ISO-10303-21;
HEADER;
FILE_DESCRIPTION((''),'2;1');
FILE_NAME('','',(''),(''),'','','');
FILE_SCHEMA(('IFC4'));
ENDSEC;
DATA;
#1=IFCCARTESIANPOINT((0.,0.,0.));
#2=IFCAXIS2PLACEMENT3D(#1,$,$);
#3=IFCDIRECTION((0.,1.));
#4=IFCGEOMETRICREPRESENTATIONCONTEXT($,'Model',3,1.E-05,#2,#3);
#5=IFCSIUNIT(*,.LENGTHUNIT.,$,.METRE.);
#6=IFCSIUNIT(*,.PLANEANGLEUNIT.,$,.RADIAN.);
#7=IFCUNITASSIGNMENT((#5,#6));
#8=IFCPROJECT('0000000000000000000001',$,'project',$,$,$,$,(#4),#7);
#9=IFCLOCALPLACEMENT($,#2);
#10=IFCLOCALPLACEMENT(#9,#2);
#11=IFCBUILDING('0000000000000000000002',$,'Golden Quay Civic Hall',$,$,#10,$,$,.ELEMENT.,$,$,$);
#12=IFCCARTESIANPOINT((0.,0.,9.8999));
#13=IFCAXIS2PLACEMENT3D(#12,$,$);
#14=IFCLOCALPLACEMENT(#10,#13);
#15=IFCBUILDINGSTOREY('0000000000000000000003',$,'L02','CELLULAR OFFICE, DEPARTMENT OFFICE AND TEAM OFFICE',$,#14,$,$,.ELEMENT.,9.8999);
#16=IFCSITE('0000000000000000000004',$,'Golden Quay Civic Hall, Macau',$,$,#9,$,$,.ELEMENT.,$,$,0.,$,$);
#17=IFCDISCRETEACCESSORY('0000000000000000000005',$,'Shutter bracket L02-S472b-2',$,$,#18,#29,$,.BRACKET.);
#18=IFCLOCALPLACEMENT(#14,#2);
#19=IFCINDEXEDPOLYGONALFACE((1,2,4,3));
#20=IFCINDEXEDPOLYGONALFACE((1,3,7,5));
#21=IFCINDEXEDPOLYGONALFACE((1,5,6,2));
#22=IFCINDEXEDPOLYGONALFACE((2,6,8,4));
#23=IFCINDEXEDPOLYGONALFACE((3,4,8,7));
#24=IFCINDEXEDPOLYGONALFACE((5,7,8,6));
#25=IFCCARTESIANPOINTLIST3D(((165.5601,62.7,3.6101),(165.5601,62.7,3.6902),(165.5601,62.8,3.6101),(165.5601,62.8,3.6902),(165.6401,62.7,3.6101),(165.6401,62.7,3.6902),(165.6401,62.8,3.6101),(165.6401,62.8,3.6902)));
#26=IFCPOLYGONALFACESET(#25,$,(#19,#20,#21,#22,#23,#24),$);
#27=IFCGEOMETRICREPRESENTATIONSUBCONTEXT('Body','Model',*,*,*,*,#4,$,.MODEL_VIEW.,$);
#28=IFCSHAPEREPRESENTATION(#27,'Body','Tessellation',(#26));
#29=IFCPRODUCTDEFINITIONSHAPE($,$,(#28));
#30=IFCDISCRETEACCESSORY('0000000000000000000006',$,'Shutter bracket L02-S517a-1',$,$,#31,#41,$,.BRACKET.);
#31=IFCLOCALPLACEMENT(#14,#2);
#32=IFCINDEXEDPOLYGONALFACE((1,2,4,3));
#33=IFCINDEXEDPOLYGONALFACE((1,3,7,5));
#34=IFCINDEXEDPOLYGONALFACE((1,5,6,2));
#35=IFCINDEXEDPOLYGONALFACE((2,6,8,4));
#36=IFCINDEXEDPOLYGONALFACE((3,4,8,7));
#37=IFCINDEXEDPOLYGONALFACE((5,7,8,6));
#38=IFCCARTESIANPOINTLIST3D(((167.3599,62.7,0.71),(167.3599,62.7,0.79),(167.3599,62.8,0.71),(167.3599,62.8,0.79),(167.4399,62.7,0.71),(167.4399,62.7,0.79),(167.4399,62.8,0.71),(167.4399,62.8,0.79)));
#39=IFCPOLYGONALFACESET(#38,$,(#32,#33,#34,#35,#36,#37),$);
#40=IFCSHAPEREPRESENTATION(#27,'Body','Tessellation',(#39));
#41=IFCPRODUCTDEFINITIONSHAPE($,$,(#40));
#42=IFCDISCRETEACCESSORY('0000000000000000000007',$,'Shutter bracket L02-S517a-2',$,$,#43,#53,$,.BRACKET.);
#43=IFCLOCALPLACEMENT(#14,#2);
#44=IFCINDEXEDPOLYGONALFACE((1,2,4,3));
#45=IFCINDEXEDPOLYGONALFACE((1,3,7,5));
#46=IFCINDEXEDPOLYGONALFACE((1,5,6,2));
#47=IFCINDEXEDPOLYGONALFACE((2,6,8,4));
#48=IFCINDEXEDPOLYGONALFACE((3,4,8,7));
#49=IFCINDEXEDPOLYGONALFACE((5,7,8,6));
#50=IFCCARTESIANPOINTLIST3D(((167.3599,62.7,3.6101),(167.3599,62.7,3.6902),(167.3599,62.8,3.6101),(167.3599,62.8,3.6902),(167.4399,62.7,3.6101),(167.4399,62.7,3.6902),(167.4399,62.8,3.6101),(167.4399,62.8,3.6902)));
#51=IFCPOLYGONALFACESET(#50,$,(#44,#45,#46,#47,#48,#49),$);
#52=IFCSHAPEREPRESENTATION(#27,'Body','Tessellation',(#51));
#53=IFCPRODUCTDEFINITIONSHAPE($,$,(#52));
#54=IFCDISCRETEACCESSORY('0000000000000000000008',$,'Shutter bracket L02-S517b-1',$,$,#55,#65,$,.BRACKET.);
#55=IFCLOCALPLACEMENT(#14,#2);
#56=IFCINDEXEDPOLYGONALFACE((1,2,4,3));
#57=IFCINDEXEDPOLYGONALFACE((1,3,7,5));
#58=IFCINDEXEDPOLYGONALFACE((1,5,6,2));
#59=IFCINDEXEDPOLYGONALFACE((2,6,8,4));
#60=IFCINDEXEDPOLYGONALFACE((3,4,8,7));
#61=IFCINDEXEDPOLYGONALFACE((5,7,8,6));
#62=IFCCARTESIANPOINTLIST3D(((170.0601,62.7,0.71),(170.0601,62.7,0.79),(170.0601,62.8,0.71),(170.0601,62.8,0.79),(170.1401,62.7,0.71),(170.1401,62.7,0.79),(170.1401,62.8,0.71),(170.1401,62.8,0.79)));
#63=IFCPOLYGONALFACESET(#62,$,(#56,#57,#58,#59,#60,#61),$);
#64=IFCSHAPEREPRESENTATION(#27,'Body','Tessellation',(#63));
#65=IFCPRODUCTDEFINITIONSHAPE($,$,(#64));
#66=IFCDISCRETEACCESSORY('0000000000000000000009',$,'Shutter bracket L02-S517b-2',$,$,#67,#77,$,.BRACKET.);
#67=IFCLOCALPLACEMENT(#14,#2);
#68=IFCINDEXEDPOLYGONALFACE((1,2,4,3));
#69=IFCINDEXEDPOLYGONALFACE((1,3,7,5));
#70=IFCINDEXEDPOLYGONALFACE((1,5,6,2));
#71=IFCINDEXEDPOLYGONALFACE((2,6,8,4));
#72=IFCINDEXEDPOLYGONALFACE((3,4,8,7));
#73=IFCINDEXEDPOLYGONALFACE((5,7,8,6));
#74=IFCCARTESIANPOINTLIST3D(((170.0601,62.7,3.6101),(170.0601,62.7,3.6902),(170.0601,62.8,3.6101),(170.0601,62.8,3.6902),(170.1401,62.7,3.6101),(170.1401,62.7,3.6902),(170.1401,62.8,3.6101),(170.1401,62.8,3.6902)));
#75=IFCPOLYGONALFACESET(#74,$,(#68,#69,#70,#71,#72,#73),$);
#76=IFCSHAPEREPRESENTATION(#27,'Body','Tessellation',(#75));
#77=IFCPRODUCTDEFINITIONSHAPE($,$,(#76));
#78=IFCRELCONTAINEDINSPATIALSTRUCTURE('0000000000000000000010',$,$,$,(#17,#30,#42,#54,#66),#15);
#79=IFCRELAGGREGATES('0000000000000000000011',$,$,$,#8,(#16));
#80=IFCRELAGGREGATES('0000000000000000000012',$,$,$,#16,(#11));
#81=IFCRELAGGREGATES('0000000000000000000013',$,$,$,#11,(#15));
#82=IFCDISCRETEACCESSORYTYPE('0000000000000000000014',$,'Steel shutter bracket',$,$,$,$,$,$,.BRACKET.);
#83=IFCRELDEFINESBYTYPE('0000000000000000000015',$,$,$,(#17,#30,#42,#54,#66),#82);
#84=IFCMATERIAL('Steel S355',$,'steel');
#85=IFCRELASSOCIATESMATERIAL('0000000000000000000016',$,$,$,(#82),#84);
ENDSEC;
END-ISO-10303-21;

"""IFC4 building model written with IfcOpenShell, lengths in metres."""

from ifc_helpers import new_model, si_unit, direction, frame, origin, origin_2d, place, context, subcontext, project, spatial, rectangle, extrude, material, type_object, element, save


model = new_model("IFC4")

# Units and contexts
model_context = context("Model", 3, precision=1e-05, world=origin(), true_north=direction((0.0, 1.0)))
body_context = subcontext(model_context, "Body", "Model", "MODEL_VIEW")
ifc_project = project(units=[si_unit("LENGTHUNIT", "METRE"), si_unit("PLANEANGLEUNIT", "RADIAN")], contexts=[model_context])

# Site, building, storey
site_placement = place(None, origin())
site = spatial("IfcSite", under=ifc_project, at=site_placement, Name="Golden Quay Civic Hall, Macau", CompositionType="ELEMENT", RefElevation=0.0)
building_placement = place(site_placement, origin())
building = spatial("IfcBuilding", under=site, at=building_placement, Name="Golden Quay Civic Hall", CompositionType="ELEMENT")
storey_placement = place(building_placement, frame((0.0, 0.0, 9.8999)))
storey = spatial("IfcBuildingStorey", under=building, at=storey_placement, Name="L02", Description="CELLULAR OFFICE, DEPARTMENT OFFICE AND TEAM OFFICE", CompositionType="ELEMENT", Elevation=9.8999)

# Discrete accessories
ifc_material_1 = material(Name="Steel S355", Category="steel")
discrete_accessory_type = type_object("IfcDiscreteAccessoryType", Name="Steel shutter bracket", PredefinedType="BRACKET", material=ifc_material_1)
for number, where, z_axis, x_axis, name in (
    (1, (165.6001, 62.75, 3.6101), (0.0, 0.0, 1.0), (1.0, 0.0, 0.0), "Shutter bracket L02-S472b-2"),
    (2, (167.3999, 62.75, 0.71), (0.0, 0.0, 1.0), (1.0, 0.0, 0.0), "Shutter bracket L02-S517a-1"),
    (3, (167.3999, 62.75, 3.6101), (0.0, 0.0, 1.0), (1.0, 0.0, 0.0), "Shutter bracket L02-S517a-2"),
    (4, (170.1001, 62.75, 0.71), (0.0, 0.0, 1.0), (1.0, 0.0, 0.0), "Shutter bracket L02-S517b-1"),
    (5, (170.1001, 62.75, 3.6101), (0.0, 0.0, 1.0), (1.0, 0.0, 0.0), "Shutter bracket L02-S517b-2"),
):
    element("IfcDiscreteAccessory", number, at=place(storey_placement, frame(where, z_axis=z_axis, x_axis=x_axis)), inside=storey, type_object=discrete_accessory_type, Name=name, PredefinedType="BRACKET", context=body_context, shape_type="SweptSolid", body=[
        extrude(rectangle(XDim=0.0801, YDim=0.1001, at=origin_2d()), origin(), (0.0, 0.0, 1.0), 0.0801),
    ])

save(model, "model.ifc")
